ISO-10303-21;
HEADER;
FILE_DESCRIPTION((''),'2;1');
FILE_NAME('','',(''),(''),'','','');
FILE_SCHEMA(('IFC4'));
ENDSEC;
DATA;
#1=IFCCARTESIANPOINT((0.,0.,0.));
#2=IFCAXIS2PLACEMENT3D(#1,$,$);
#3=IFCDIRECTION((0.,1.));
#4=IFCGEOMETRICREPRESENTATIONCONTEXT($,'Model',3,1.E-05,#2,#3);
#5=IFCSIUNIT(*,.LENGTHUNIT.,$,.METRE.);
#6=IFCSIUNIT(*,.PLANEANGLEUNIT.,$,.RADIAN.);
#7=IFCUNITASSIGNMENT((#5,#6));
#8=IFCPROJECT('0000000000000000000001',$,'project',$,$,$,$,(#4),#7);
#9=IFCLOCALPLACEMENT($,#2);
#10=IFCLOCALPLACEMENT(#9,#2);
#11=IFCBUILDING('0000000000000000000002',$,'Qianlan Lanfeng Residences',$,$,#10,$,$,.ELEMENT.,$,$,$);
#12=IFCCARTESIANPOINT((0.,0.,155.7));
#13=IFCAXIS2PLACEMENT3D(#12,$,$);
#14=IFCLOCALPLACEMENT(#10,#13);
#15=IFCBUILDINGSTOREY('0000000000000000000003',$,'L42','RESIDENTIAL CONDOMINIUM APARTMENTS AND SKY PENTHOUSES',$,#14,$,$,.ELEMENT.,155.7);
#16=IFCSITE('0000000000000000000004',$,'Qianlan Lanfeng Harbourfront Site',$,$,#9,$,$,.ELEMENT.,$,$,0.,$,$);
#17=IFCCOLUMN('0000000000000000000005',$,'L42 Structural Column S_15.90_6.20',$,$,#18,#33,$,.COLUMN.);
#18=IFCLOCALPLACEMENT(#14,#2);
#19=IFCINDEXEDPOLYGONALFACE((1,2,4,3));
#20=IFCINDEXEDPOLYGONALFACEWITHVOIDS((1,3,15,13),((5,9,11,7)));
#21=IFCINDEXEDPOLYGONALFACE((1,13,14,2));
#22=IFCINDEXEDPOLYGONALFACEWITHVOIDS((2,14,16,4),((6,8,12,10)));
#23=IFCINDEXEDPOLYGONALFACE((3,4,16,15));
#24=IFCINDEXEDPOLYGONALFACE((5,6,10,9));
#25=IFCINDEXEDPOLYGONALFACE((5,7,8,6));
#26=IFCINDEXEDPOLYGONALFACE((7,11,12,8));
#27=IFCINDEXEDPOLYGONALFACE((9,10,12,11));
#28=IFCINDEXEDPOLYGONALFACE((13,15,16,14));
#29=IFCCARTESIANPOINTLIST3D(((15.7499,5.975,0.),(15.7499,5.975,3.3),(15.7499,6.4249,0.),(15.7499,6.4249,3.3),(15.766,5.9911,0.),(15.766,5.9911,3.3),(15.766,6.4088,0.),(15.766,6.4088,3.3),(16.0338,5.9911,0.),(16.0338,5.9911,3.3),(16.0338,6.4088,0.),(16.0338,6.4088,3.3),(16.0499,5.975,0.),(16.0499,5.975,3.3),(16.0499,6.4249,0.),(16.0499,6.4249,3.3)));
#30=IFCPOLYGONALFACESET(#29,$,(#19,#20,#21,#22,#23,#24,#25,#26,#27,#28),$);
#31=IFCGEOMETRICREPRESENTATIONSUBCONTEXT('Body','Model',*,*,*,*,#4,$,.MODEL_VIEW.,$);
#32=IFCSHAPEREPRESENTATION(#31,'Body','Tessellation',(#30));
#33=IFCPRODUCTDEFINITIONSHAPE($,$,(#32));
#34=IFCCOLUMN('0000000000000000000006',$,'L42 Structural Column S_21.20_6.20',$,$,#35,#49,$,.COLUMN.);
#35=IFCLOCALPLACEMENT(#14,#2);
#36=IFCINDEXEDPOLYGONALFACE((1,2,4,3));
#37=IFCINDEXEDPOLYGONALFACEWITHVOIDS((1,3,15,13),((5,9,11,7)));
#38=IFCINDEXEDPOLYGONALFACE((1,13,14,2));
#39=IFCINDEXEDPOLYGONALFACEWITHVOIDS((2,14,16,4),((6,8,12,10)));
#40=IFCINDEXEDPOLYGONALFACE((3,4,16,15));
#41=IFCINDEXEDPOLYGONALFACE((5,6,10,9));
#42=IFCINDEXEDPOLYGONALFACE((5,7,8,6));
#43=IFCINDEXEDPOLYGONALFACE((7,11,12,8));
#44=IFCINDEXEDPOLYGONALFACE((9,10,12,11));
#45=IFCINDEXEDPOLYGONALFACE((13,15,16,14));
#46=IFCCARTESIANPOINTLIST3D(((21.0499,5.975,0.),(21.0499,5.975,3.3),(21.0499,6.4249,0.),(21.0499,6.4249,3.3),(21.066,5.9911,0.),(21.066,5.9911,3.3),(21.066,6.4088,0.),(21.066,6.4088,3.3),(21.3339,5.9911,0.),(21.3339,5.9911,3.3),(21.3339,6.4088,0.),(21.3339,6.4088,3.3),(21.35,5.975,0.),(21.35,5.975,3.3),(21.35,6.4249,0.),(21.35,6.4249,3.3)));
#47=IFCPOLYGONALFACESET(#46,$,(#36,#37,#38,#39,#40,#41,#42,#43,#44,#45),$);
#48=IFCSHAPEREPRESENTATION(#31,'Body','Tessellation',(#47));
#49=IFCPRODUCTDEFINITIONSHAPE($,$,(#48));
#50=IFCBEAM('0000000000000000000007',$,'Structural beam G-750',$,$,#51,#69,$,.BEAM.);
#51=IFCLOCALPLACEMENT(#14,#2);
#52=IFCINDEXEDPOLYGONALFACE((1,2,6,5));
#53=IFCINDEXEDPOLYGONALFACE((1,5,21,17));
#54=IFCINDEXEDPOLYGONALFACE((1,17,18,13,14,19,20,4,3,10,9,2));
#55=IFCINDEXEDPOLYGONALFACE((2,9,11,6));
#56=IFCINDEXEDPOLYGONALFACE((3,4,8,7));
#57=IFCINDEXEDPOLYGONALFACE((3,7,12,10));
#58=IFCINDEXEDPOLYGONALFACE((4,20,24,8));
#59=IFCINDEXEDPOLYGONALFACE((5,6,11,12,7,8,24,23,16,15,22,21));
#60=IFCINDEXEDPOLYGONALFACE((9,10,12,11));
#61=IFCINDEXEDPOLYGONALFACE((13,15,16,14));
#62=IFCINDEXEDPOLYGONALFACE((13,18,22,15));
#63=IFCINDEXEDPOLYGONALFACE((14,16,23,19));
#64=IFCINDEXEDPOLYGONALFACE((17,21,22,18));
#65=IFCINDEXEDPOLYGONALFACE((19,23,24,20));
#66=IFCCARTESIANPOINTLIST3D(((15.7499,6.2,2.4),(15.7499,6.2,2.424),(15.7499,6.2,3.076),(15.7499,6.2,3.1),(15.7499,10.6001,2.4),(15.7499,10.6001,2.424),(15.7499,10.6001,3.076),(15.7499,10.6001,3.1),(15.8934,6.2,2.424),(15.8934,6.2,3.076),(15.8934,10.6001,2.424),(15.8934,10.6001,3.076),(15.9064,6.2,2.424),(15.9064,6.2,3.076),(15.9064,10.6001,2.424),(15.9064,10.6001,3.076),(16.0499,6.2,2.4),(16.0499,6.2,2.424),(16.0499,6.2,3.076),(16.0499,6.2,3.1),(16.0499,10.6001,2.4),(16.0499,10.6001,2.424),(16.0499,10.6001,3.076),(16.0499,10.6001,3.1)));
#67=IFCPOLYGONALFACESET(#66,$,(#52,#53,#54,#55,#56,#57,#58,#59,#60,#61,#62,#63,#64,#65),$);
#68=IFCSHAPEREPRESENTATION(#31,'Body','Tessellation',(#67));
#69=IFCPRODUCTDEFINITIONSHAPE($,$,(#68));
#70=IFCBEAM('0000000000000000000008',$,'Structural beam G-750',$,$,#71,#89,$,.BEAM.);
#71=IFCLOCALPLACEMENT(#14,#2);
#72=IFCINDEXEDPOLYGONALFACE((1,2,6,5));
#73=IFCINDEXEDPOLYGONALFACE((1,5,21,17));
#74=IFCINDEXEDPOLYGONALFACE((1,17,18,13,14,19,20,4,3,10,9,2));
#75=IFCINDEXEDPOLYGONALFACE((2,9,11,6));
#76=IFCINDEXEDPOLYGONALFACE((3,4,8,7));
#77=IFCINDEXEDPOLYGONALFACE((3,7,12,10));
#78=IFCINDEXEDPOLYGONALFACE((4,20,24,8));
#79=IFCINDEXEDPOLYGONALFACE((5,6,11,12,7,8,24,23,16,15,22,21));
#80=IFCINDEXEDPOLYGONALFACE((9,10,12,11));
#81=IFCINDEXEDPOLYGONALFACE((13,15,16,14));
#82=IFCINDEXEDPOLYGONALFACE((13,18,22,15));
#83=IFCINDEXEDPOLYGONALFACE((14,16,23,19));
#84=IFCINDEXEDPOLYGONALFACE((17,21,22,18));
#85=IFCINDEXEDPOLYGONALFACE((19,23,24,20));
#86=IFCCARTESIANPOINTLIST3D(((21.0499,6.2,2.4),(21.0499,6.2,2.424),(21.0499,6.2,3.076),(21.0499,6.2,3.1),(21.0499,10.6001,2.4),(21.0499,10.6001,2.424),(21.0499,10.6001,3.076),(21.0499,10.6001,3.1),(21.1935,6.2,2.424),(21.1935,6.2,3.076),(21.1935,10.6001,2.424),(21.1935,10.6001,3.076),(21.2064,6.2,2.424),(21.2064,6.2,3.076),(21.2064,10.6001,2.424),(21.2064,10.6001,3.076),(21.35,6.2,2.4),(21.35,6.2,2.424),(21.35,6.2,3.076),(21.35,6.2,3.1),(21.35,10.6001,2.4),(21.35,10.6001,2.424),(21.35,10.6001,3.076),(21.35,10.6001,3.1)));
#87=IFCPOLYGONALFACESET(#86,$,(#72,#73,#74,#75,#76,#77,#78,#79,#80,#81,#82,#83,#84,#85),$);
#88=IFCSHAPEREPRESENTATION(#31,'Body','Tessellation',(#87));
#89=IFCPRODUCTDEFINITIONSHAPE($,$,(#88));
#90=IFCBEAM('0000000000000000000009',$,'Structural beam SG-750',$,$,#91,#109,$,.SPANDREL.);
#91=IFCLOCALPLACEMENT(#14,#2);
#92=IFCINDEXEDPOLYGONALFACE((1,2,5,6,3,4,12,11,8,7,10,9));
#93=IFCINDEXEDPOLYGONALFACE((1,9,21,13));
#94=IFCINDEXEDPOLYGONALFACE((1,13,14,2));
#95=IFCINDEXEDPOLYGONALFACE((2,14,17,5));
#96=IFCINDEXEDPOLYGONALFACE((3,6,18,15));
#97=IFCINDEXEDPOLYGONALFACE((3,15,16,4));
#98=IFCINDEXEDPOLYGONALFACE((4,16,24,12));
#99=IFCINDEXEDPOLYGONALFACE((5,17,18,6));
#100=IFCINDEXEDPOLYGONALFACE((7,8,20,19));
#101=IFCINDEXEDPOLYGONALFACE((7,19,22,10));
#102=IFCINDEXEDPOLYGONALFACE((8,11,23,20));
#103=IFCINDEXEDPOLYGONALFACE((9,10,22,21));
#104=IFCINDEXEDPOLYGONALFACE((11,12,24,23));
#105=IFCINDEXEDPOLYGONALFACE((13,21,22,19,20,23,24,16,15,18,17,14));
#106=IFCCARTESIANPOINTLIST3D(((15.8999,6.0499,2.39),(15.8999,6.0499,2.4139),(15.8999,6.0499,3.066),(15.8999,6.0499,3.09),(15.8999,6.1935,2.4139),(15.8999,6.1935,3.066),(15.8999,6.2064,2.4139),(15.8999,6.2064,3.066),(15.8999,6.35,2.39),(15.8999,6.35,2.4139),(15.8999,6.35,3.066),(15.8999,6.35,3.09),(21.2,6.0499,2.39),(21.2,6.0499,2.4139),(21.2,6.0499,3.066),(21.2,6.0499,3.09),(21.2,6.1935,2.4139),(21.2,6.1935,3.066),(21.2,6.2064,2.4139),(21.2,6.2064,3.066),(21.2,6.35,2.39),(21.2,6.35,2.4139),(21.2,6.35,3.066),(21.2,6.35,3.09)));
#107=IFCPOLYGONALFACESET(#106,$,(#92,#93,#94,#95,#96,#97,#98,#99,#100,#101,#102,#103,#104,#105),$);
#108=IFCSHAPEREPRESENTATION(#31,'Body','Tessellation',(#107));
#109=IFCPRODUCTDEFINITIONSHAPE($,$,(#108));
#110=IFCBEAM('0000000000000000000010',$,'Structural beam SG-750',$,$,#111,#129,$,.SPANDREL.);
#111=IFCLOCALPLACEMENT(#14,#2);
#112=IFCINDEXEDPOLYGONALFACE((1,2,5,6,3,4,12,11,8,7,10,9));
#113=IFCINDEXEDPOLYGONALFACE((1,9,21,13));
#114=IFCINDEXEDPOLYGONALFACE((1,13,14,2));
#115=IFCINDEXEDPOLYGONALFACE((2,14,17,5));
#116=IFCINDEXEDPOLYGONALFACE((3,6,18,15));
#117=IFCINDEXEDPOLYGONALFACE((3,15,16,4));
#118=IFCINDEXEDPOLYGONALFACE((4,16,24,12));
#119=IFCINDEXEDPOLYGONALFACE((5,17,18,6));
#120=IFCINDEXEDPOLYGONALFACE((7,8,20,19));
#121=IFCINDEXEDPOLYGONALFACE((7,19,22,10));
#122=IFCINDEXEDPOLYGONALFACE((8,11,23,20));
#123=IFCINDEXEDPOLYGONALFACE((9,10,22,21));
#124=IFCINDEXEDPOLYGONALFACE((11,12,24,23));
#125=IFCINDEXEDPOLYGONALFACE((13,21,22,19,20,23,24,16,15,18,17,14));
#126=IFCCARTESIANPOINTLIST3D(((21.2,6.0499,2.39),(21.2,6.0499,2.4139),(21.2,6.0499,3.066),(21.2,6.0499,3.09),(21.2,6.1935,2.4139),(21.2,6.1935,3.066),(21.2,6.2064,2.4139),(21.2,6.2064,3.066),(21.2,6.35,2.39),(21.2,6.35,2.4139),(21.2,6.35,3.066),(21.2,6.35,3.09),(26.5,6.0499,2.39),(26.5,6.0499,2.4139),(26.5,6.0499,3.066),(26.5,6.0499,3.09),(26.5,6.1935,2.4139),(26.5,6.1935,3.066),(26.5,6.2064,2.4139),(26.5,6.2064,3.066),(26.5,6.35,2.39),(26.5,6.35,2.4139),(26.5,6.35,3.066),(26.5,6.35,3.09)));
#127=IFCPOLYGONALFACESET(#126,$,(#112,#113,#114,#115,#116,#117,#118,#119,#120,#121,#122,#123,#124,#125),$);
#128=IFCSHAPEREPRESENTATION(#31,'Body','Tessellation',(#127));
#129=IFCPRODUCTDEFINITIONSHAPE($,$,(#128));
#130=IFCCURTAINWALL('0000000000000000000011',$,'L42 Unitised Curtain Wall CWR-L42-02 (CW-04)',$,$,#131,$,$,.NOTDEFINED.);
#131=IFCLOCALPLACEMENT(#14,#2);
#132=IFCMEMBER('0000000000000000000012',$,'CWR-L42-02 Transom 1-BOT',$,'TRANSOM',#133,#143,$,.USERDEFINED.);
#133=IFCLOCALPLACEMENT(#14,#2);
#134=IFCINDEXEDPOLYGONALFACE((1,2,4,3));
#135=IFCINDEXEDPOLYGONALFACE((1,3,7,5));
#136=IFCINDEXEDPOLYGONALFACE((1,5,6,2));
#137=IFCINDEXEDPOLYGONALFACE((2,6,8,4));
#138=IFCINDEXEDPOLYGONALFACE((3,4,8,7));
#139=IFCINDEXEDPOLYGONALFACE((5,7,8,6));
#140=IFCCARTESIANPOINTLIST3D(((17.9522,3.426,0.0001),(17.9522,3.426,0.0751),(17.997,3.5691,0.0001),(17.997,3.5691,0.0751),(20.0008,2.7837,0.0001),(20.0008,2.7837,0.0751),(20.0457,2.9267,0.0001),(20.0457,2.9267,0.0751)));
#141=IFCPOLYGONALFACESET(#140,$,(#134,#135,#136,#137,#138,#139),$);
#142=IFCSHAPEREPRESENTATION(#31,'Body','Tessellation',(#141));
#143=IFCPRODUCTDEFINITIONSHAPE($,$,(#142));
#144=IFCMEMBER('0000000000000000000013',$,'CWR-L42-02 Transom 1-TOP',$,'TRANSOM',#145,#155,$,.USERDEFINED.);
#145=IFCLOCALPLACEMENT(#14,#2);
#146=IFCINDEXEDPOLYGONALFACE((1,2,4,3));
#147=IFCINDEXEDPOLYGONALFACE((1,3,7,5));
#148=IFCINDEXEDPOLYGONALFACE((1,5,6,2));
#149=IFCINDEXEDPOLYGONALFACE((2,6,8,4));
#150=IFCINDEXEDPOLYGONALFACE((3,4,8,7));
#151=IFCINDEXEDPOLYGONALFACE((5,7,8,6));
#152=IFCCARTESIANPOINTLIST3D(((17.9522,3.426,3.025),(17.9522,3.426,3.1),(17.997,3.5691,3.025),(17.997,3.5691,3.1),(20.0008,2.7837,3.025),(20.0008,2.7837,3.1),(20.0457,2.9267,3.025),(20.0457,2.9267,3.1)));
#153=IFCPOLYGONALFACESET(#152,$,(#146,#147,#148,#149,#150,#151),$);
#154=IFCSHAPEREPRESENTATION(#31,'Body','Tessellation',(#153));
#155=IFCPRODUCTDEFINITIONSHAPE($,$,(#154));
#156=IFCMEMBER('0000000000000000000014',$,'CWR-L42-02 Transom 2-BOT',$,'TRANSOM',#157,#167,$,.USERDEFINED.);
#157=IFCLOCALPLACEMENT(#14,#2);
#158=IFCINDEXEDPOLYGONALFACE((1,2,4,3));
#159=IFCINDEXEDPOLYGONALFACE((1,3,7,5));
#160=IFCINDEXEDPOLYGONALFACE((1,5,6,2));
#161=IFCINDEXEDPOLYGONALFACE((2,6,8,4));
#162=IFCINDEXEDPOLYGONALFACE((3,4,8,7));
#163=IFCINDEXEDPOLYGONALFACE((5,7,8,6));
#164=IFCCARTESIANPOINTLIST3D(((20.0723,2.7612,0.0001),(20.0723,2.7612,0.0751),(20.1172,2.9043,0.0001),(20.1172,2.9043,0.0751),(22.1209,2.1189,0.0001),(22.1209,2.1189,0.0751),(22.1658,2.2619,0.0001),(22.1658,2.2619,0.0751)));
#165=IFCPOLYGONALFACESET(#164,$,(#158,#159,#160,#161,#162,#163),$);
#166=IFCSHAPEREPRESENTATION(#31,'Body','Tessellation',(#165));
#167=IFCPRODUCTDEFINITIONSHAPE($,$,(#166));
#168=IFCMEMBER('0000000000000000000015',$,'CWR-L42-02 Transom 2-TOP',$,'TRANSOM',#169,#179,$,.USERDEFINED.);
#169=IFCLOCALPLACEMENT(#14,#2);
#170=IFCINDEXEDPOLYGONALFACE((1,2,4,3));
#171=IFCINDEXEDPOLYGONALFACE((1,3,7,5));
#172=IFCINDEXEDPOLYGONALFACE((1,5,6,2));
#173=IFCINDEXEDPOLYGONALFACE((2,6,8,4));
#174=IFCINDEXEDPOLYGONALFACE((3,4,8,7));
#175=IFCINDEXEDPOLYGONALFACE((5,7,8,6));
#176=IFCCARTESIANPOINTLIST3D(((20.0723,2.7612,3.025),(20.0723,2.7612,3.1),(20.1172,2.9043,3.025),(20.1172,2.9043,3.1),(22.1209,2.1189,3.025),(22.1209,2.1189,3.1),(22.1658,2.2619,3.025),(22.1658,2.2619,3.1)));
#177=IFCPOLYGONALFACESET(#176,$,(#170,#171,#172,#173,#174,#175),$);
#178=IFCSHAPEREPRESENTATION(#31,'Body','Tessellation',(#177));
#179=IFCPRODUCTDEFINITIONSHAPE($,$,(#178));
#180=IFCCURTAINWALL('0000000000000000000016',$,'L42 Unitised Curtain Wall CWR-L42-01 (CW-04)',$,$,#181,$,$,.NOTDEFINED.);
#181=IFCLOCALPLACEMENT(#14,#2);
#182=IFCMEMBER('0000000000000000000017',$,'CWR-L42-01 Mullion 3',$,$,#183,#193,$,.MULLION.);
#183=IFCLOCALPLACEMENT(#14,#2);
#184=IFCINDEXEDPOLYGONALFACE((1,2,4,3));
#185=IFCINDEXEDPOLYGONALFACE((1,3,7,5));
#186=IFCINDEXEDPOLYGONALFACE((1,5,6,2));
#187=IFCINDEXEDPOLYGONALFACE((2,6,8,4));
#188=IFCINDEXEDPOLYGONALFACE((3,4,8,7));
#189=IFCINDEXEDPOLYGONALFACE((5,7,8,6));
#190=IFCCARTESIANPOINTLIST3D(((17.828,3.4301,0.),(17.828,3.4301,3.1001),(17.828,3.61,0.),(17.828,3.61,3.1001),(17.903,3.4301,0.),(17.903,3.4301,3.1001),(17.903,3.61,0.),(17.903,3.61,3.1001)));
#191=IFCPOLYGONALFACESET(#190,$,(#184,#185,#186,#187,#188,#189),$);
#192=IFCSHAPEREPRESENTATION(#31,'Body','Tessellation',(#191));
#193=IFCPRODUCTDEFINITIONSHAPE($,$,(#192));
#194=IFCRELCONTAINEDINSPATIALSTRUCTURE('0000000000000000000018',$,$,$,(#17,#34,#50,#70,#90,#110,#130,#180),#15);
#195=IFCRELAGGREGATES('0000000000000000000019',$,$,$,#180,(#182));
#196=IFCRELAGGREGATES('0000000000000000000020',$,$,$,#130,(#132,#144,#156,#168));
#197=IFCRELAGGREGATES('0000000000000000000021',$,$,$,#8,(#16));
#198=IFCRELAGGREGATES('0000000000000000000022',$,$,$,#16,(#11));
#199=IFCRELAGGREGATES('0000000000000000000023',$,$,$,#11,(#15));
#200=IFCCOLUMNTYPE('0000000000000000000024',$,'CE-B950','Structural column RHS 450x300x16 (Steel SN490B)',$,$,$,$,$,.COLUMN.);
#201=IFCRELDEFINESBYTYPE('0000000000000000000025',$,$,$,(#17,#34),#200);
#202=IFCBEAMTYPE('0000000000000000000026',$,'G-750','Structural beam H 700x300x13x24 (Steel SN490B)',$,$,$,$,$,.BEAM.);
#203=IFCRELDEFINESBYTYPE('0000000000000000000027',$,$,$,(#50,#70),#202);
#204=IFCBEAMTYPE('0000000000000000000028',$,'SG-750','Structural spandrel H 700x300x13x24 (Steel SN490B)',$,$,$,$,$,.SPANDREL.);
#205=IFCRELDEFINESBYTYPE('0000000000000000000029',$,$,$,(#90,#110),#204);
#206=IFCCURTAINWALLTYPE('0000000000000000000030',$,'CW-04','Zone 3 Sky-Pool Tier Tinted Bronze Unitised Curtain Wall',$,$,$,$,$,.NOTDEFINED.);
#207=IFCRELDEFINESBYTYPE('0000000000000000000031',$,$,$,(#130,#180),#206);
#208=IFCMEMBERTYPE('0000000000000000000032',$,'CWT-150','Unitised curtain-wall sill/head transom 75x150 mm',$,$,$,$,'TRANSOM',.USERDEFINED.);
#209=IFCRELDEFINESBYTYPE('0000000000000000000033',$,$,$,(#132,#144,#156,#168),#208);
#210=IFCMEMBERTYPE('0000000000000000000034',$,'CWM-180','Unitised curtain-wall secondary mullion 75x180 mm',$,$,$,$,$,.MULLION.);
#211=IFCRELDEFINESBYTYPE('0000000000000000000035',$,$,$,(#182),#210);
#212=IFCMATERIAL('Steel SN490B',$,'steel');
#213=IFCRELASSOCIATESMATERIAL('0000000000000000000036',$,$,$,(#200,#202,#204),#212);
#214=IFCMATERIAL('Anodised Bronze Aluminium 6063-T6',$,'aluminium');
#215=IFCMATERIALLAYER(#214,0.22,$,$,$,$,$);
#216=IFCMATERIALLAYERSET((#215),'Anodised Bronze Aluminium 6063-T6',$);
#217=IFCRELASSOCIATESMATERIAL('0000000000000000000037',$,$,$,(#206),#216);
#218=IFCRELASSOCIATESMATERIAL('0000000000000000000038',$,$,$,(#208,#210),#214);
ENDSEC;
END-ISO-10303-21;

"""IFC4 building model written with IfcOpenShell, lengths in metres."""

from ifc_helpers import new_model, si_unit, direction, frame, origin, origin_2d, place, context, subcontext, project, spatial, rectangle, hollow_rectangle, i_section, extrude, source, transform, mapped, material, layer, layer_set, material_profile, profile_set, type_object, element, aggregate, save


model = new_model("IFC4")

# Units and contexts
model_context = context("Model", 3, precision=1e-05, world=origin(), true_north=direction((0.0, 1.0)))
body_context = subcontext(model_context, "Body", "Model", "MODEL_VIEW")
ifc_project = project(units=[si_unit("LENGTHUNIT", "METRE"), si_unit("PLANEANGLEUNIT", "RADIAN")], contexts=[model_context])

# Site, building, storey
site_placement = place(None, origin())
site = spatial("IfcSite", under=ifc_project, at=site_placement, Name="Qianlan Lanfeng Harbourfront Site", CompositionType="ELEMENT", RefElevation=0.0)
building_placement = place(site_placement, origin())
building = spatial("IfcBuilding", under=site, at=building_placement, Name="Qianlan Lanfeng Residences", CompositionType="ELEMENT")
storey_placement = place(building_placement, frame((0.0, 0.0, 155.7)))
storey = spatial("IfcBuildingStorey", under=building, at=storey_placement, Name="L42", Description="RESIDENTIAL CONDOMINIUM APARTMENTS AND SKY PENTHOUSES", CompositionType="ELEMENT", Elevation=155.7)

# Columns
ifc_material_1 = material(Name="Steel SN490B", Category="steel")
ifc_material_profile_1 = material_profile(ifc_material_1, hollow_rectangle(XDim=0.3, YDim=0.45, WallThickness=0.0161, at=origin_2d()), Name="RHS 450x300x16")
ifc_profile_set_1 = profile_set([ifc_material_profile_1], Name="Steel SN490B")
column_type = type_object("IfcColumnType", Name="CE-B950", Description="Structural column RHS 450x300x16 (Steel SN490B)", PredefinedType="COLUMN", material=ifc_profile_set_1)
for number, where, z_axis, x_axis, name in (
    (1, (15.8999, 6.2, 0.0), (0.0, 0.0, 1.0), (1.0, 0.0, 0.0), "L42 Structural Column S_15.90_6.20"),
    (2, (21.2, 6.2, 0.0), (0.0, 0.0, 1.0), (1.0, 0.0, 0.0), "L42 Structural Column S_21.20_6.20"),
):
    element("IfcColumn", number, at=place(storey_placement, frame(where, z_axis=z_axis, x_axis=x_axis)), inside=storey, type_object=column_type, Name=name, PredefinedType="COLUMN", context=body_context, shape_type="SweptSolid", body=[
        extrude(hollow_rectangle(XDim=0.3, YDim=0.45, WallThickness=0.0161, at=origin_2d()), origin(), (0.0, 0.0, 1.0), 3.3),
    ])

# Beams
ifc_material_profile_2 = material_profile(ifc_material_1, i_section(OverallWidth=0.3, OverallDepth=0.7, WebThickness=0.0129, FlangeThickness=0.0239, at=origin_2d()), Name="H 700x300x13x24")
ifc_profile_set_2 = profile_set([ifc_material_profile_2], Name="Steel SN490B")
beam_type_1 = type_object("IfcBeamType", Name="G-750", Description="Structural beam H 700x300x13x24 (Steel SN490B)", PredefinedType="BEAM", material=ifc_profile_set_2)
for number, where, z_axis, x_axis, name in (
    (3, (15.8999, 6.2, 2.75), (0.0, 1.0, 0.0), (-1.0, 0.0, 0.0), "Structural beam G-750"),
    (4, (21.2, 6.2, 2.75), (0.0, 1.0, 0.0), (-1.0, 0.0, 0.0), "Structural beam G-750"),
):
    element("IfcBeam", number, at=place(storey_placement, frame(where, z_axis=z_axis, x_axis=x_axis)), inside=storey, type_object=beam_type_1, Name=name, PredefinedType="BEAM", context=body_context, shape_type="SweptSolid", body=[
        extrude(i_section(OverallWidth=0.3, OverallDepth=0.7, WebThickness=0.0129, FlangeThickness=0.0239, at=origin_2d()), origin(), (0.0, 0.0, 1.0), 4.4001),
    ])
ifc_material_profile_3 = material_profile(ifc_material_1, i_section(OverallWidth=0.3, OverallDepth=0.7, WebThickness=0.0129, FlangeThickness=0.0239, at=origin_2d()), Name="H 700x300x13x24")
ifc_profile_set_3 = profile_set([ifc_material_profile_3], Name="Steel SN490B")
beam_type_2 = type_object("IfcBeamType", Name="SG-750", Description="Structural spandrel H 700x300x13x24 (Steel SN490B)", PredefinedType="SPANDREL", material=ifc_profile_set_3)
for number, where, z_axis, x_axis, name in (
    (5, (15.8999, 6.2, 2.74), (1.0, 0.0, 0.0), (0.0, 1.0, 0.0), "Structural beam SG-750"),
    (6, (21.2, 6.2, 2.74), (1.0, 0.0, 0.0), (0.0, 1.0, 0.0), "Structural beam SG-750"),
):
    element("IfcBeam", number, at=place(storey_placement, frame(where, z_axis=z_axis, x_axis=x_axis)), inside=storey, type_object=beam_type_2, Name=name, PredefinedType="SPANDREL", context=body_context, shape_type="SweptSolid", body=[
        extrude(i_section(OverallWidth=0.3, OverallDepth=0.7, WebThickness=0.0129, FlangeThickness=0.0239, at=origin_2d()), origin(), (0.0, 0.0, 1.0), 5.3),
    ])

# Curtain wall, members
ifc_material_2 = material(Name="Anodised Bronze Aluminium 6063-T6", Category="aluminium")
ifc_layer_1 = layer(ifc_material_2, 0.22)
ifc_layer_set_1 = layer_set([ifc_layer_1], Name="Anodised Bronze Aluminium 6063-T6")
curtain_wall_type = type_object("IfcCurtainWallType", Name="CW-04", Description="Zone 3 Sky-Pool Tier Tinted Bronze Unitised Curtain Wall", PredefinedType="NOTDEFINED", material=ifc_layer_set_1)
curtain_wall_1_placement = place(storey_placement, origin())
curtain_wall_1 = element("IfcCurtainWall", 7, at=curtain_wall_1_placement, inside=storey, type_object=curtain_wall_type, Name="L42 Unitised Curtain Wall CWR-L42-02 (CW-04)", PredefinedType="NOTDEFINED")
ifc_material_profile_4 = material_profile(ifc_material_2, rectangle(XDim=0.075, YDim=0.1499, at=origin_2d()), Name="ALU TRANSOM 75x150")
ifc_profile_set_4 = profile_set([ifc_material_profile_4], Name="Anodised Bronze Aluminium 6063-T6")
member_type_1 = type_object("IfcMemberType", Name="CWT-150", Description="Unitised curtain-wall sill/head transom 75x150 mm", ElementType="TRANSOM", PredefinedType="USERDEFINED", material=ifc_profile_set_4)
shared_shape_1 = source(origin(), body_context, "Body", "SweptSolid", [
    extrude(rectangle(XDim=0.075, YDim=0.1499, at=origin_2d()), origin(), (0.0, 0.0, 1.0), 2.147),
])
member_1_placement = place(storey_placement, frame((17.9746, 3.4976, 0.0376), z_axis=(0.954194, -0.299188, 0.0), x_axis=(0.0, 0.0, 1.0)))
member_1 = element("IfcMember", 8, at=member_1_placement, type_object=member_type_1, Name="CWR-L42-02 Transom 1-BOT", ObjectType="TRANSOM", PredefinedType="USERDEFINED", context=body_context, shape_type="MappedRepresentation", body=[
    mapped(shared_shape_1, transform((0.0, 0.0, 0.0), scale=1.0)),
])
member_2_placement = place(storey_placement, frame((17.9746, 3.4976, 3.0625), z_axis=(0.954194, -0.299188, 0.0), x_axis=(0.0, 0.0, 1.0)))
member_2 = element("IfcMember", 9, at=member_2_placement, type_object=member_type_1, Name="CWR-L42-02 Transom 1-TOP", ObjectType="TRANSOM", PredefinedType="USERDEFINED", context=body_context, shape_type="MappedRepresentation", body=[
    mapped(shared_shape_1, transform((0.0, 0.0, 0.0), scale=1.0)),
])
member_3_placement = place(storey_placement, frame((20.0947, 2.8328, 0.0376), z_axis=(0.954194, -0.299188, 0.0), x_axis=(0.0, 0.0, 1.0)))
member_3 = element("IfcMember", 10, at=member_3_placement, type_object=member_type_1, Name="CWR-L42-02 Transom 2-BOT", ObjectType="TRANSOM", PredefinedType="USERDEFINED", context=body_context, shape_type="MappedRepresentation", body=[
    mapped(shared_shape_1, transform((0.0, 0.0, 0.0), scale=1.0)),
])
member_4_placement = place(storey_placement, frame((20.0947, 2.8328, 3.0625), z_axis=(0.954194, -0.299188, 0.0), x_axis=(0.0, 0.0, 1.0)))
member_4 = element("IfcMember", 11, at=member_4_placement, type_object=member_type_1, Name="CWR-L42-02 Transom 2-TOP", ObjectType="TRANSOM", PredefinedType="USERDEFINED", context=body_context, shape_type="MappedRepresentation", body=[
    mapped(shared_shape_1, transform((0.0, 0.0, 0.0), scale=1.0)),
])

# Curtain wall, member
curtain_wall_2_placement = place(storey_placement, origin())
curtain_wall_2 = element("IfcCurtainWall", 12, at=curtain_wall_2_placement, inside=storey, type_object=curtain_wall_type, Name="L42 Unitised Curtain Wall CWR-L42-01 (CW-04)", PredefinedType="NOTDEFINED")
ifc_material_profile_5 = material_profile(ifc_material_2, rectangle(XDim=0.075, YDim=0.1799, at=origin_2d()), Name="ALU MULLION 75x180")
ifc_profile_set_5 = profile_set([ifc_material_profile_5], Name="Anodised Bronze Aluminium 6063-T6")
member_type_2 = type_object("IfcMemberType", Name="CWM-180", Description="Unitised curtain-wall secondary mullion 75x180 mm", PredefinedType="MULLION", material=ifc_profile_set_5)
shared_shape_2 = source(origin(), body_context, "Body", "SweptSolid", [
    extrude(rectangle(XDim=0.075, YDim=0.1799, at=origin_2d()), origin(), (0.0, 0.0, 1.0), 3.1001),
])
member_5_placement = place(storey_placement, frame((17.8655, 3.52, 0.0), z_axis=(0.0, 0.0, 1.0), x_axis=(1.0, 0.0, 0.0)))
member_5 = element("IfcMember", 13, at=member_5_placement, type_object=member_type_2, Name="CWR-L42-01 Mullion 3", PredefinedType="MULLION", context=body_context, shape_type="MappedRepresentation", body=[
    mapped(shared_shape_2, transform((0.0, 0.0, 0.0), scale=1.0)),
])
aggregate(curtain_wall_2, [member_5])

aggregate(curtain_wall_1, [member_1, member_2, member_3, member_4])

save(model, "model.ifc")
